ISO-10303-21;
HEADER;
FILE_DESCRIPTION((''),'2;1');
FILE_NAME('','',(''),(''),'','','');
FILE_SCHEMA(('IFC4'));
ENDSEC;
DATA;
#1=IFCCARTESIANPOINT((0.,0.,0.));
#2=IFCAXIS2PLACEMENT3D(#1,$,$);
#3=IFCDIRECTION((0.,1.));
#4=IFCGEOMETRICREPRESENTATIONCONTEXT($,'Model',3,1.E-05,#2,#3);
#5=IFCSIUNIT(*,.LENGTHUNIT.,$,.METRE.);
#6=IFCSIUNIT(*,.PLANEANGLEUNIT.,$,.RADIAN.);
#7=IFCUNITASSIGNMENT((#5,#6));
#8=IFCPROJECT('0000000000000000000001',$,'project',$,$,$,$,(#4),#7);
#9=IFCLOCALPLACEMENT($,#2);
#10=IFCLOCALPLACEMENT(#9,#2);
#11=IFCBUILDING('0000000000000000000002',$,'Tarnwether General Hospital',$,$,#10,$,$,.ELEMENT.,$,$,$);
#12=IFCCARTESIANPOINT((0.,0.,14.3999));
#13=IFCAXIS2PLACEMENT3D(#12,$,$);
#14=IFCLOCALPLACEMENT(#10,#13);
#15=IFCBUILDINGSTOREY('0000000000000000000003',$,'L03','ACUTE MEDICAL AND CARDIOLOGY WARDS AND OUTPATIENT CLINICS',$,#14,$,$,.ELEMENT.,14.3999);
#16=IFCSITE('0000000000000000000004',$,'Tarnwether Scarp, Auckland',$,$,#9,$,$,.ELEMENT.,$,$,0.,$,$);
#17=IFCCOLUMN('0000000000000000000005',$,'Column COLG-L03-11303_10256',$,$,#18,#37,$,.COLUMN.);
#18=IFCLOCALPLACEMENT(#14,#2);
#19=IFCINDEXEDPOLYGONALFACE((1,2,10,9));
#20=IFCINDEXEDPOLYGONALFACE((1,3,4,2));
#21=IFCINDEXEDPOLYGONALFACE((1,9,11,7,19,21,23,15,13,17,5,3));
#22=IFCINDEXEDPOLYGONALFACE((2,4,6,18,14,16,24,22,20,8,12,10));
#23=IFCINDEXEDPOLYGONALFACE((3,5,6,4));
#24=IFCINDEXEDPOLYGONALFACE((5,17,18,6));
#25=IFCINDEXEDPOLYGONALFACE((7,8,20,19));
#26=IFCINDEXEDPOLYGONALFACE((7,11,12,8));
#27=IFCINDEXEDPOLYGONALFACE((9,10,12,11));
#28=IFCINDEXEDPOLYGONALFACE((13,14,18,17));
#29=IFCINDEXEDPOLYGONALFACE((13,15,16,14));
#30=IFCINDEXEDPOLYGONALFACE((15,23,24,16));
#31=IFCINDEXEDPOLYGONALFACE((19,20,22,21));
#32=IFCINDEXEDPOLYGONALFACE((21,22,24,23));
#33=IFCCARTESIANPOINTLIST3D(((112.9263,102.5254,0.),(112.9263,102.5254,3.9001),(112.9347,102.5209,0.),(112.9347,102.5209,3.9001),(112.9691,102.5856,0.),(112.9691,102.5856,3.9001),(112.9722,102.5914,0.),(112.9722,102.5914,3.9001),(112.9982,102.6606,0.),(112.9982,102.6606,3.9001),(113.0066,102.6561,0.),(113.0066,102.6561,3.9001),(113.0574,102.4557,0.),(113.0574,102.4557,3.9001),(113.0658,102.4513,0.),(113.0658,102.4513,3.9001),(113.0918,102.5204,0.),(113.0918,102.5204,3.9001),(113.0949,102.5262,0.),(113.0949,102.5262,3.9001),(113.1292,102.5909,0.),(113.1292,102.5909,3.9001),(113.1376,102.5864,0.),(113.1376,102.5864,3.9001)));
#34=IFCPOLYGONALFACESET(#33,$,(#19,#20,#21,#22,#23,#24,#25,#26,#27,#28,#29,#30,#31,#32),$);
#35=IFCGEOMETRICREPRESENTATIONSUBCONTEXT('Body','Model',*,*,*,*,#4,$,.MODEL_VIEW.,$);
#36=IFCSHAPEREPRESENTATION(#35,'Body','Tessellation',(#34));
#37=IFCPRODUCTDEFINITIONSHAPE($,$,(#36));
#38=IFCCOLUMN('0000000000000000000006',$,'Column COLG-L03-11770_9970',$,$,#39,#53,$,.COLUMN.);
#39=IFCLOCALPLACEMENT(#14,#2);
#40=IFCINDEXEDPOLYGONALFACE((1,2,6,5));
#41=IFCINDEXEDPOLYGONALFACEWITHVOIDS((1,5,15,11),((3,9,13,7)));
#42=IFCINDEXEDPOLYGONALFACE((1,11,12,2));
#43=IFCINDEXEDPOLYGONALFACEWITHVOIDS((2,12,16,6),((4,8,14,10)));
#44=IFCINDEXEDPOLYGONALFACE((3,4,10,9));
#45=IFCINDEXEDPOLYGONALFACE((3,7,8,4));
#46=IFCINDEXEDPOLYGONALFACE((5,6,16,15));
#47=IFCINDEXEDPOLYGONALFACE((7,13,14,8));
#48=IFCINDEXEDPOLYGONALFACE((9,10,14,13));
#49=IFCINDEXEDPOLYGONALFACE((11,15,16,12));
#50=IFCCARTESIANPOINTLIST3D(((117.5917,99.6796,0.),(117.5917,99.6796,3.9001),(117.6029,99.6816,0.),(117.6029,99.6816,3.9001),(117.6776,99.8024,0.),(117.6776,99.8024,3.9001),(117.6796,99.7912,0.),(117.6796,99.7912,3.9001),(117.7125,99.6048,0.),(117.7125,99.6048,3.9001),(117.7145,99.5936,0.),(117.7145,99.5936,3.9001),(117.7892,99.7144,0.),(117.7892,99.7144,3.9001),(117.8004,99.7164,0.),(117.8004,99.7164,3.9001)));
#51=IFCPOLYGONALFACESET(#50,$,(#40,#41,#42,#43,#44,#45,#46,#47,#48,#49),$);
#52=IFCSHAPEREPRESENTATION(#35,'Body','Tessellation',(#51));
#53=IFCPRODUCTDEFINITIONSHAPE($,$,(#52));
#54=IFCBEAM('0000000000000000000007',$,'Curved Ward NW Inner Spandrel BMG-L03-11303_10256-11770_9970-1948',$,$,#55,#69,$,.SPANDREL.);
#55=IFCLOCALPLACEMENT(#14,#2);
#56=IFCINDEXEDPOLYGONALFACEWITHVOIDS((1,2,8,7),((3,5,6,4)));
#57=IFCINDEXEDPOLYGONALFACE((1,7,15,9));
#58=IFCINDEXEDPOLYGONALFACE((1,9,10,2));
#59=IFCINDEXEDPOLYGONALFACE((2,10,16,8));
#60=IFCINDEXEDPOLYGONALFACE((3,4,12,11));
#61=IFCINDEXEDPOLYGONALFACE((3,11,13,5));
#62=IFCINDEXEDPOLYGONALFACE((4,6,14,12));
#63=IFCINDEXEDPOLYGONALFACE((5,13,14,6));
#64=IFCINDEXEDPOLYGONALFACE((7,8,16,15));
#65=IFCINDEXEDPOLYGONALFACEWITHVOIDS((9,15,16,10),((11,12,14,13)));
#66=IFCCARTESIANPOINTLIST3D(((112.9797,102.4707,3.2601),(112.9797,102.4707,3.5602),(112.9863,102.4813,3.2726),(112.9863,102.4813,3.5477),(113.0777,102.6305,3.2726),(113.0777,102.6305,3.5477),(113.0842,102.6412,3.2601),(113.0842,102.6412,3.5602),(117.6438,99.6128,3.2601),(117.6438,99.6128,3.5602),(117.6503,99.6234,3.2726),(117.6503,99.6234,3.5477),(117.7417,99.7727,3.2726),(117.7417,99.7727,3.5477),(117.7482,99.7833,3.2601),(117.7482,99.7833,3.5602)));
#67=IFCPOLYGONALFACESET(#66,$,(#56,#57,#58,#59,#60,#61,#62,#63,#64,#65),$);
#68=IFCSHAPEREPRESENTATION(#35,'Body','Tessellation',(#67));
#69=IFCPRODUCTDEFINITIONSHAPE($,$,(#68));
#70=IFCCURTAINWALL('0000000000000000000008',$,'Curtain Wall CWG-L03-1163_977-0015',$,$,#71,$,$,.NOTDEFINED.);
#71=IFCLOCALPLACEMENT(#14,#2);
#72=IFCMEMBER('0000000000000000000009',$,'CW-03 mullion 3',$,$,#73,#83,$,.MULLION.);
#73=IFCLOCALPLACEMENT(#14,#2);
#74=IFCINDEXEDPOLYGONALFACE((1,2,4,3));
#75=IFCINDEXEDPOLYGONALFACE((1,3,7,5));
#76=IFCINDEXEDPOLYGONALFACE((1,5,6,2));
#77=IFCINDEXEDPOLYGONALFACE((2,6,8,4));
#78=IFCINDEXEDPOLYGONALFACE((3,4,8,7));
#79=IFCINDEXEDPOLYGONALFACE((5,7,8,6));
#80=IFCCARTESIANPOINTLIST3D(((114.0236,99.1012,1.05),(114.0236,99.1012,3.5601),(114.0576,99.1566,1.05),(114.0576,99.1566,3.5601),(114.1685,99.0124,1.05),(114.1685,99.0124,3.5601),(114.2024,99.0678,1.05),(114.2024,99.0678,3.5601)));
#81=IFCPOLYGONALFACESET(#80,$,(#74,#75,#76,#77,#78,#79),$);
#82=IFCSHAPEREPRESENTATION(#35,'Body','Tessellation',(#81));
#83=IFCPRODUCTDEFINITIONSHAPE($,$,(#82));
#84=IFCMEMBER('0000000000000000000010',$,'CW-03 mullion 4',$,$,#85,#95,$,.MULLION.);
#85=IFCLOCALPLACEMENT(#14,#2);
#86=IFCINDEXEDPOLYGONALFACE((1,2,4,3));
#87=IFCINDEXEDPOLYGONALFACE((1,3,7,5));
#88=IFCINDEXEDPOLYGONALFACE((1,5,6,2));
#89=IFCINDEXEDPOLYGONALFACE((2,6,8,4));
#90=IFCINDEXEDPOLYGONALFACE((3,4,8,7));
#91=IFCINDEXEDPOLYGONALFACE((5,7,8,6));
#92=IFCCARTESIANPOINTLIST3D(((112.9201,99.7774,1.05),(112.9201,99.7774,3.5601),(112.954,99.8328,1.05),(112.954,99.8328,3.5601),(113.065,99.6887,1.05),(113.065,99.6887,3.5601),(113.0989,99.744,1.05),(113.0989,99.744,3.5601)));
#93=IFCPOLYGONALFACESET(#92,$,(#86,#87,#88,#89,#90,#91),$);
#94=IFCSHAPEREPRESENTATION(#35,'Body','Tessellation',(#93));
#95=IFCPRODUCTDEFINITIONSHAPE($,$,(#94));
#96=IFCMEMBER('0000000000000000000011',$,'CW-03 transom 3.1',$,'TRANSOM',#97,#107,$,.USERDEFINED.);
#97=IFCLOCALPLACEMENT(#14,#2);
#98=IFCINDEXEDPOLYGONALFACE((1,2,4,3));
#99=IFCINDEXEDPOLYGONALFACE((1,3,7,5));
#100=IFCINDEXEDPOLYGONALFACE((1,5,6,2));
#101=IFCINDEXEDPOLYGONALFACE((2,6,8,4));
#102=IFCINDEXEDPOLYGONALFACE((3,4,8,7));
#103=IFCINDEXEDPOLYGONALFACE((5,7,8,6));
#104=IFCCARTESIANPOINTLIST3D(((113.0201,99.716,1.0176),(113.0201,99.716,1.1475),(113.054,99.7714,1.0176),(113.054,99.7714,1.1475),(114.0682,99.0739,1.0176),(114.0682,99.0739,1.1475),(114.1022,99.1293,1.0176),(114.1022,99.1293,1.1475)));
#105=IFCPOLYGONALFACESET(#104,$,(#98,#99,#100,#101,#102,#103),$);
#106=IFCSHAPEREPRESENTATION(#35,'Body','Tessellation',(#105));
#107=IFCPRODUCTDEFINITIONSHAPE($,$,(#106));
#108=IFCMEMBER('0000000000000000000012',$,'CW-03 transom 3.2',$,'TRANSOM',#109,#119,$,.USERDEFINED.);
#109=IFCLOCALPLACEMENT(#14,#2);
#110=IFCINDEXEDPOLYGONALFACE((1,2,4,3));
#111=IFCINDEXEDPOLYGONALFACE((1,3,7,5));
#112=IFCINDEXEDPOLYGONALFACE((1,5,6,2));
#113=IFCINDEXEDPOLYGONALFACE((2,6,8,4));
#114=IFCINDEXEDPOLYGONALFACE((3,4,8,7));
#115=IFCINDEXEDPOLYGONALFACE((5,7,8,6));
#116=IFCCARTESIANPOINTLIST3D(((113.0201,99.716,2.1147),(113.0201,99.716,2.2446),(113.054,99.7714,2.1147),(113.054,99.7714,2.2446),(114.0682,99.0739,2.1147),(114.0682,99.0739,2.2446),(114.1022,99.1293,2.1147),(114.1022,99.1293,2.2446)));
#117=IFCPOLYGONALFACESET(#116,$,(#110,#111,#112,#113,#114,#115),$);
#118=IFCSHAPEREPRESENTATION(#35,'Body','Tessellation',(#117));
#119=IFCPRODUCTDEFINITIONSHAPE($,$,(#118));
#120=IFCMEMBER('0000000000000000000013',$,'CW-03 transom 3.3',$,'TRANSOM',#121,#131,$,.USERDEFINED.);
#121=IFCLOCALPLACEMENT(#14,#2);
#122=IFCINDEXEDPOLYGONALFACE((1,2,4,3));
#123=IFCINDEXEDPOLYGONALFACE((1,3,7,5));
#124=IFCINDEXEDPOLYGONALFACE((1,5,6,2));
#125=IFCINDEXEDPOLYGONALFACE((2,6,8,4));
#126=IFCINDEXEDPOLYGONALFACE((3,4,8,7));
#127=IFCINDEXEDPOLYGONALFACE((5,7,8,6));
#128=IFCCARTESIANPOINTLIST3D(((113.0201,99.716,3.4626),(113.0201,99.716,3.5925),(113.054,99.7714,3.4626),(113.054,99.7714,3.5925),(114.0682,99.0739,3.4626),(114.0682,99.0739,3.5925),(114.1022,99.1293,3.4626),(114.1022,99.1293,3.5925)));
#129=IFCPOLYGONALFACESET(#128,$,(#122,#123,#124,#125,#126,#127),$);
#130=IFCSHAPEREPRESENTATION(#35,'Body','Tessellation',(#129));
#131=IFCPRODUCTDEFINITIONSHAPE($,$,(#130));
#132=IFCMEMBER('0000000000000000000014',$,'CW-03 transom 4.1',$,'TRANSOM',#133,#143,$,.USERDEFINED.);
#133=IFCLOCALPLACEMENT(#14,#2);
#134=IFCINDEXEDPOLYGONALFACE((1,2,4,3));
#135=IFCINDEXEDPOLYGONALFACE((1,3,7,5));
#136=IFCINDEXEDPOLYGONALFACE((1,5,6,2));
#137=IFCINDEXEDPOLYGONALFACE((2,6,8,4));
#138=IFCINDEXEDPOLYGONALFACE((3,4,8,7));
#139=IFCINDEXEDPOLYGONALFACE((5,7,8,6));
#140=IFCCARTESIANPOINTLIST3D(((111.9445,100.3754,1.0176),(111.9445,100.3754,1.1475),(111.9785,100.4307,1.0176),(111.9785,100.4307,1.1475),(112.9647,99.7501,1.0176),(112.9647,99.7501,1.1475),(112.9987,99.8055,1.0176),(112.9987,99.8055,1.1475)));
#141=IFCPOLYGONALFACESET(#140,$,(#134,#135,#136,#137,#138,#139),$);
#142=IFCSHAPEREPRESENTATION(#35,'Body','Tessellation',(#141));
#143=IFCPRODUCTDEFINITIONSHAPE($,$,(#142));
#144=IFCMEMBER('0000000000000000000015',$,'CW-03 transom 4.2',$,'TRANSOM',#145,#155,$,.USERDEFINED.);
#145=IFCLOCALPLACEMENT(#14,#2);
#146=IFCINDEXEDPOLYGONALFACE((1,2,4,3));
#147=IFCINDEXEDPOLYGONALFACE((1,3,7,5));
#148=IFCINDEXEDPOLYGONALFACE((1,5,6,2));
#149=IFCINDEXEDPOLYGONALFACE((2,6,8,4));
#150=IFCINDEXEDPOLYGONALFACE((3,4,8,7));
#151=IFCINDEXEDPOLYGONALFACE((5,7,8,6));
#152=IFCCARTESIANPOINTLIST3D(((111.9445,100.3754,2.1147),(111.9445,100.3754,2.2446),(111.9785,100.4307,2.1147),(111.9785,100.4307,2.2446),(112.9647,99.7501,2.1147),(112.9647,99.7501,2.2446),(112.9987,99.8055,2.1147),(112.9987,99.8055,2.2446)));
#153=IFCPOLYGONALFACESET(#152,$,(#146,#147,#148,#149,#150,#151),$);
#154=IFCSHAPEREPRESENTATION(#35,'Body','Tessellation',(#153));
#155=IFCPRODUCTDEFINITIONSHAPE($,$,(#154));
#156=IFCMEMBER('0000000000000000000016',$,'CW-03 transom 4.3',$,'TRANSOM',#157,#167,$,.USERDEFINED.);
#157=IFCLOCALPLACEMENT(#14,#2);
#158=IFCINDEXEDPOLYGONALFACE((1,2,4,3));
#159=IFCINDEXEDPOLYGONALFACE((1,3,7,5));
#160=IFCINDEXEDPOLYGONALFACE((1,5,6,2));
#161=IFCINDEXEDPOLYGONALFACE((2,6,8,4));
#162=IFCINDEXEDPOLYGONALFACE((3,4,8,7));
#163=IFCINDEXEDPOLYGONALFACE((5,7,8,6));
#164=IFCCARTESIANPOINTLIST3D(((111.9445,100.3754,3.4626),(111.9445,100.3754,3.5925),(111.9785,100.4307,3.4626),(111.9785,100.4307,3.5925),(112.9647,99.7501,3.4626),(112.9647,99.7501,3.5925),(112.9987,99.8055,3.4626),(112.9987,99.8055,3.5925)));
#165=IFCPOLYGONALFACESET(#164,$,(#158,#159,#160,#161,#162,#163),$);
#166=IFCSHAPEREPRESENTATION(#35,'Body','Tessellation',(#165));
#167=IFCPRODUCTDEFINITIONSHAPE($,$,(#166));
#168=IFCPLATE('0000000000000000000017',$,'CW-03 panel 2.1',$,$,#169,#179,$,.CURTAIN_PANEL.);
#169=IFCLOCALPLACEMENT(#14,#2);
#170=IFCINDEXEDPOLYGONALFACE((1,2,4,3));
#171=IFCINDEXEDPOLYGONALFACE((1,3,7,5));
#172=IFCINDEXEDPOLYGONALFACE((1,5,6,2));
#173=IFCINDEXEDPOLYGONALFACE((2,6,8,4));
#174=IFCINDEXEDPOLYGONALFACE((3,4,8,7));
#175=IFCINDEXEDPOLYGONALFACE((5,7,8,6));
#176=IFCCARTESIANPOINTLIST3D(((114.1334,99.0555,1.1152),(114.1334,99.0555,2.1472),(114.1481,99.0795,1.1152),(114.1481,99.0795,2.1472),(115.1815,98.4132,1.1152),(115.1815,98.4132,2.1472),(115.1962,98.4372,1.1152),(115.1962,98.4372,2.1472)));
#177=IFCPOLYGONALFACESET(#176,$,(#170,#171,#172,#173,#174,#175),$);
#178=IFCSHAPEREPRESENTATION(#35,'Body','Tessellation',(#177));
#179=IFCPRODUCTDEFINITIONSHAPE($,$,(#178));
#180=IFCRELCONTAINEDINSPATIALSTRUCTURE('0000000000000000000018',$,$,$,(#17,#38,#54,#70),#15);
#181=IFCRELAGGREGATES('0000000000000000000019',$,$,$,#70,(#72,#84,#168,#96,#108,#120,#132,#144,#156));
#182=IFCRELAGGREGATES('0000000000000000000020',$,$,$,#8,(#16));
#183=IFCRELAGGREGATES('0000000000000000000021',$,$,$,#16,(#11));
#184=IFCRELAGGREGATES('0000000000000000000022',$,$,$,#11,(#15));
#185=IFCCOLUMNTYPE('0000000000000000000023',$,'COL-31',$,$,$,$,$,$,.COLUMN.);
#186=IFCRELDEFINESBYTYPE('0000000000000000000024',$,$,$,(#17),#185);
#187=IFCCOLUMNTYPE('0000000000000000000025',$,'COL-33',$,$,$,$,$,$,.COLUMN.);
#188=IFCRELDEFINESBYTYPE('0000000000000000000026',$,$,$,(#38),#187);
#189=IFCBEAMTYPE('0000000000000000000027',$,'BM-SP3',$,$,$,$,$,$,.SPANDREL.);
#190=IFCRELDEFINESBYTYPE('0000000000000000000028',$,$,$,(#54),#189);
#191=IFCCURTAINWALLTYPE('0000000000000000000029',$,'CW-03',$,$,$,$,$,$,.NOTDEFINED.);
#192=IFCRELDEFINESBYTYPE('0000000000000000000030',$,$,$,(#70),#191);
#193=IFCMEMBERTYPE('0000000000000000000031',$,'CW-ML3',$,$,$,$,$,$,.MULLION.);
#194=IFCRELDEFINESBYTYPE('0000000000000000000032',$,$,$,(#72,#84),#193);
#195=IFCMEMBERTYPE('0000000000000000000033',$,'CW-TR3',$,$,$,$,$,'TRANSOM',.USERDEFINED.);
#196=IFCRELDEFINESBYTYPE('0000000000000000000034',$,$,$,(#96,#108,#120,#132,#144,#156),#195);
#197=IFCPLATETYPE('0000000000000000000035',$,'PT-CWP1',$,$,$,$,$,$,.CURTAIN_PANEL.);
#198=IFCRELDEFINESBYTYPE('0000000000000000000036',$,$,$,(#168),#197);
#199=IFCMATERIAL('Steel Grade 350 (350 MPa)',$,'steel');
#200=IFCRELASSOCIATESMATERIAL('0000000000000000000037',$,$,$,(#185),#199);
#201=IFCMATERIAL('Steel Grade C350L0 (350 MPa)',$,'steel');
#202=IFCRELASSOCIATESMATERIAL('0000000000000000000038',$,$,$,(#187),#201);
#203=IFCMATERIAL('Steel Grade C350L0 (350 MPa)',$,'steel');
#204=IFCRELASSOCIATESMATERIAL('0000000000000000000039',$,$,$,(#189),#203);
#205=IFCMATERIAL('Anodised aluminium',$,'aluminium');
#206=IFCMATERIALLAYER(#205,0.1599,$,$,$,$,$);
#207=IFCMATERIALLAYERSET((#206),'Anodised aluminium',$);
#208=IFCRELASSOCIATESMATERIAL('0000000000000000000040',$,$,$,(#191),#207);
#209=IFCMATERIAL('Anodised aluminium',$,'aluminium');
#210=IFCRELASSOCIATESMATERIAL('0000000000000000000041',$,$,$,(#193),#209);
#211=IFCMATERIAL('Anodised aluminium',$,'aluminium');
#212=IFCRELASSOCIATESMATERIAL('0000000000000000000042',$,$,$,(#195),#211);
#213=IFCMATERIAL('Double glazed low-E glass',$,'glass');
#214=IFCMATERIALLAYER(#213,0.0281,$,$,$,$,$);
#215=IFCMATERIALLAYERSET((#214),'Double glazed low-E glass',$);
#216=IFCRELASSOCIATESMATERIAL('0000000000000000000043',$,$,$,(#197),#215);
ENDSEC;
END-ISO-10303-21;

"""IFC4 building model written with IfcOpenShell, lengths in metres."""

from ifc_helpers import new_model, si_unit, direction, frame, origin, origin_2d, place, context, subcontext, project, spatial, rectangle, hollow_rectangle, i_section, extrude, material, layer, layer_set, material_profile, profile_set, type_object, element, aggregate, save


model = new_model("IFC4")

# Units and contexts
model_context = context("Model", 3, precision=1e-05, world=origin(), true_north=direction((0.0, 1.0)))
body_context = subcontext(model_context, "Body", "Model", "MODEL_VIEW")
ifc_project = project(units=[si_unit("LENGTHUNIT", "METRE"), si_unit("PLANEANGLEUNIT", "RADIAN")], contexts=[model_context])

# Site, building, storey
site_placement = place(None, origin())
site = spatial("IfcSite", under=ifc_project, at=site_placement, Name="Tarnwether Scarp, Auckland", CompositionType="ELEMENT", RefElevation=0.0)
building_placement = place(site_placement, origin())
building = spatial("IfcBuilding", under=site, at=building_placement, Name="Tarnwether General Hospital", CompositionType="ELEMENT")
storey_placement = place(building_placement, frame((0.0, 0.0, 14.3999)))
storey = spatial("IfcBuildingStorey", under=building, at=storey_placement, Name="L03", Description="ACUTE MEDICAL AND CARDIOLOGY WARDS AND OUTPATIENT CLINICS", CompositionType="ELEMENT", Elevation=14.3999)

# Columns
ifc_material_1 = material(Name="Steel Grade 350 (350 MPa)", Category="steel")
ifc_material_profile_1 = material_profile(ifc_material_1, i_section(OverallWidth=0.1531, OverallDepth=0.158, WebThickness=0.0066, FlangeThickness=0.0095, at=origin_2d()), Name="150UC30.0")
ifc_profile_set_1 = profile_set([ifc_material_profile_1], Name="Steel Grade 350 (350 MPa)")
column_type_1 = type_object("IfcColumnType", Name="COL-31", PredefinedType="COLUMN", material=ifc_profile_set_1)
column_1_placement = place(storey_placement, frame((113.032, 102.5559, 0.0), z_axis=(0.0, 0.0, 1.0), x_axis=(0.469472, 0.882948, 0.0)))
element("IfcColumn", 1, at=column_1_placement, inside=storey, type_object=column_type_1, Name="Column COLG-L03-11303_10256", PredefinedType="COLUMN", context=body_context, shape_type="SweptSolid", body=[
    extrude(i_section(OverallWidth=0.1531, OverallDepth=0.158, WebThickness=0.0066, FlangeThickness=0.0095, at=origin_2d()), origin(), (0.0, 0.0, 1.0), 3.9001),
])
ifc_material_2 = material(Name="Steel Grade C350L0 (350 MPa)", Category="steel")
ifc_material_profile_2 = material_profile(ifc_material_2, hollow_rectangle(XDim=0.1499, YDim=0.1499, WallThickness=0.0081, at=origin_2d()), Name="SHS150x150x8")
ifc_profile_set_2 = profile_set([ifc_material_profile_2], Name="Steel Grade C350L0 (350 MPa)")
column_type_2 = type_object("IfcColumnType", Name="COL-33", PredefinedType="COLUMN", material=ifc_profile_set_2)
column_2_placement = place(storey_placement, frame((117.696, 99.698, 0.0), z_axis=(0.0, 0.0, 1.0), x_axis=(0.573576, 0.819152, 0.0)))
element("IfcColumn", 2, at=column_2_placement, inside=storey, type_object=column_type_2, Name="Column COLG-L03-11770_9970", PredefinedType="COLUMN", context=body_context, shape_type="SweptSolid", body=[
    extrude(hollow_rectangle(XDim=0.1499, YDim=0.1499, WallThickness=0.0081, at=origin_2d()), origin(), (0.0, 0.0, 1.0), 3.9001),
])

# Beam
ifc_material_3 = material(Name="Steel Grade C350L0 (350 MPa)", Category="steel")
ifc_material_profile_3 = material_profile(ifc_material_3, hollow_rectangle(XDim=0.2, YDim=0.3, WallThickness=0.0125, at=origin_2d()), Name="RHS300x200x12.5")
ifc_profile_set_3 = profile_set([ifc_material_profile_3], Name="Steel Grade C350L0 (350 MPa)")
beam_type = type_object("IfcBeamType", Name="BM-SP3", PredefinedType="SPANDREL", material=ifc_profile_set_3)
beam_placement = place(storey_placement, frame((113.032, 102.5559, 3.4102), z_axis=(0.852659, -0.522468, 0.0), x_axis=(0.522468, 0.852659, 0.0)))
element("IfcBeam", 3, at=beam_placement, inside=storey, type_object=beam_type, Name="Curved Ward NW Inner Spandrel BMG-L03-11303_10256-11770_9970-1948", PredefinedType="SPANDREL", context=body_context, shape_type="SweptSolid", body=[
    extrude(hollow_rectangle(XDim=0.2, YDim=0.3, WallThickness=0.0125, at=origin_2d()), origin(), (0.0, 0.0, 1.0), 5.47),
])

# Curtain wall, members, plate
ifc_material_4 = material(Name="Anodised aluminium", Category="aluminium")
ifc_layer_1 = layer(ifc_material_4, 0.1599)
ifc_layer_set_1 = layer_set([ifc_layer_1], Name="Anodised aluminium")
curtain_wall_type = type_object("IfcCurtainWallType", Name="CW-03", PredefinedType="NOTDEFINED", material=ifc_layer_set_1)
curtain_wall_placement = place(storey_placement, origin())
curtain_wall = element("IfcCurtainWall", 4, at=curtain_wall_placement, inside=storey, type_object=curtain_wall_type, Name="Curtain Wall CWG-L03-1163_977-0015", PredefinedType="NOTDEFINED")
ifc_material_5 = material(Name="Anodised aluminium", Category="aluminium")
ifc_material_profile_4 = material_profile(ifc_material_5, rectangle(XDim=0.0649, YDim=0.1699, at=origin_2d()), Name="ALU-MUL-65x170")
ifc_profile_set_4 = profile_set([ifc_material_profile_4], Name="Anodised aluminium")
member_type_1 = type_object("IfcMemberType", Name="CW-ML3", PredefinedType="MULLION", material=ifc_profile_set_4)
member_1_placement = place(storey_placement, frame((114.113, 99.0845, 1.05), z_axis=(0.0, 0.0, 1.0), x_axis=(-0.522512, -0.852632, 0.0)))
member_1 = element("IfcMember", 5, at=member_1_placement, type_object=member_type_1, Name="CW-03 mullion 3", PredefinedType="MULLION", context=body_context, shape_type="SweptSolid", body=[
    extrude(rectangle(XDim=0.0649, YDim=0.1699, at=origin_2d()), origin(), (0.0, 0.0, 1.0), 2.51),
])
member_2_placement = place(storey_placement, frame((113.0095, 99.7607, 1.05), z_axis=(0.0, 0.0, 1.0), x_axis=(-0.522512, -0.852632, 0.0)))
member_2 = element("IfcMember", 6, at=member_2_placement, type_object=member_type_1, Name="CW-03 mullion 4", PredefinedType="MULLION", context=body_context, shape_type="SweptSolid", body=[
    extrude(rectangle(XDim=0.0649, YDim=0.1699, at=origin_2d()), origin(), (0.0, 0.0, 1.0), 2.51),
])
ifc_material_6 = material(Name="Anodised aluminium", Category="aluminium")
ifc_material_profile_5 = material_profile(ifc_material_6, rectangle(XDim=0.0649, YDim=0.1299, at=origin_2d()), Name="ALU-TRN-65x130")
ifc_profile_set_5 = profile_set([ifc_material_profile_5], Name="Anodised aluminium")
member_type_2 = type_object("IfcMemberType", Name="CW-TR3", ElementType="TRANSOM", PredefinedType="USERDEFINED", material=ifc_profile_set_5)
member_3_placement = place(storey_placement, frame((114.0852, 99.1016, 1.0825), z_axis=(-0.852707, 0.52239, 0.0), x_axis=(-0.52239, -0.852707, 0.0)))
member_3 = element("IfcMember", 7, at=member_3_placement, type_object=member_type_2, Name="CW-03 transom 3.1", ObjectType="TRANSOM", PredefinedType="USERDEFINED", context=body_context, shape_type="SweptSolid", body=[
    extrude(rectangle(XDim=0.0649, YDim=0.1299, at=origin_2d()), origin(), (0.0, 0.0, 1.0), 1.2292),
])
member_4_placement = place(storey_placement, frame((114.0852, 99.1016, 2.1797), z_axis=(-0.852707, 0.52239, 0.0), x_axis=(-0.52239, -0.852707, 0.0)))
member_4 = element("IfcMember", 8, at=member_4_placement, type_object=member_type_2, Name="CW-03 transom 3.2", ObjectType="TRANSOM", PredefinedType="USERDEFINED", context=body_context, shape_type="SweptSolid", body=[
    extrude(rectangle(XDim=0.0649, YDim=0.1299, at=origin_2d()), origin(), (0.0, 0.0, 1.0), 1.2292),
])
member_5_placement = place(storey_placement, frame((114.0852, 99.1016, 3.5276), z_axis=(-0.852707, 0.52239, 0.0), x_axis=(-0.52239, -0.852707, 0.0)))
member_5 = element("IfcMember", 9, at=member_5_placement, type_object=member_type_2, Name="CW-03 transom 3.3", ObjectType="TRANSOM", PredefinedType="USERDEFINED", context=body_context, shape_type="SweptSolid", body=[
    extrude(rectangle(XDim=0.0649, YDim=0.1299, at=origin_2d()), origin(), (0.0, 0.0, 1.0), 1.2292),
])
member_6_placement = place(storey_placement, frame((112.9817, 99.7778, 1.0825), z_axis=(-0.852631, 0.522514, 0.0), x_axis=(-0.522514, -0.852631, 0.0)))
member_6 = element("IfcMember", 10, at=member_6_placement, type_object=member_type_2, Name="CW-03 transom 4.1", ObjectType="TRANSOM", PredefinedType="USERDEFINED", context=body_context, shape_type="SweptSolid", body=[
    extrude(rectangle(XDim=0.0649, YDim=0.1299, at=origin_2d()), origin(), (0.0, 0.0, 1.0), 1.1965),
])
member_7_placement = place(storey_placement, frame((112.9817, 99.7778, 2.1797), z_axis=(-0.852631, 0.522514, 0.0), x_axis=(-0.522514, -0.852631, 0.0)))
member_7 = element("IfcMember", 11, at=member_7_placement, type_object=member_type_2, Name="CW-03 transom 4.2", ObjectType="TRANSOM", PredefinedType="USERDEFINED", context=body_context, shape_type="SweptSolid", body=[
    extrude(rectangle(XDim=0.0649, YDim=0.1299, at=origin_2d()), origin(), (0.0, 0.0, 1.0), 1.1965),
])
member_8_placement = place(storey_placement, frame((112.9817, 99.7778, 3.5276), z_axis=(-0.852631, 0.522514, 0.0), x_axis=(-0.522514, -0.852631, 0.0)))
member_8 = element("IfcMember", 12, at=member_8_placement, type_object=member_type_2, Name="CW-03 transom 4.3", ObjectType="TRANSOM", PredefinedType="USERDEFINED", context=body_context, shape_type="SweptSolid", body=[
    extrude(rectangle(XDim=0.0649, YDim=0.1299, at=origin_2d()), origin(), (0.0, 0.0, 1.0), 1.1965),
])
ifc_material_7 = material(Name="Double glazed low-E glass", Category="glass")
ifc_layer_2 = layer(ifc_material_7, 0.0281)
ifc_layer_set_2 = layer_set([ifc_layer_2], Name="Double glazed low-E glass")
plate_type_1 = type_object("IfcPlateType", Name="PT-CWP1", PredefinedType="CURTAIN_PANEL", material=ifc_layer_set_2)
plate_1_placement = place(storey_placement, frame((114.6648, 98.7463, 1.1152), z_axis=(0.0, 0.0, 1.0), x_axis=(-0.852632, 0.522512, 0.0)))
plate_1 = element("IfcPlate", 13, at=plate_1_placement, type_object=plate_type_1, Name="CW-03 panel 2.1", PredefinedType="CURTAIN_PANEL", context=body_context, shape_type="SweptSolid", body=[
    extrude(rectangle(XDim=1.2292, YDim=0.0281, at=origin_2d()), origin(), (0.0, 0.0, 1.0), 1.032),
])
aggregate(curtain_wall, [member_1, member_2, plate_1, member_3, member_4, member_5, member_6, member_7, member_8])

save(model, "model.ifc")
